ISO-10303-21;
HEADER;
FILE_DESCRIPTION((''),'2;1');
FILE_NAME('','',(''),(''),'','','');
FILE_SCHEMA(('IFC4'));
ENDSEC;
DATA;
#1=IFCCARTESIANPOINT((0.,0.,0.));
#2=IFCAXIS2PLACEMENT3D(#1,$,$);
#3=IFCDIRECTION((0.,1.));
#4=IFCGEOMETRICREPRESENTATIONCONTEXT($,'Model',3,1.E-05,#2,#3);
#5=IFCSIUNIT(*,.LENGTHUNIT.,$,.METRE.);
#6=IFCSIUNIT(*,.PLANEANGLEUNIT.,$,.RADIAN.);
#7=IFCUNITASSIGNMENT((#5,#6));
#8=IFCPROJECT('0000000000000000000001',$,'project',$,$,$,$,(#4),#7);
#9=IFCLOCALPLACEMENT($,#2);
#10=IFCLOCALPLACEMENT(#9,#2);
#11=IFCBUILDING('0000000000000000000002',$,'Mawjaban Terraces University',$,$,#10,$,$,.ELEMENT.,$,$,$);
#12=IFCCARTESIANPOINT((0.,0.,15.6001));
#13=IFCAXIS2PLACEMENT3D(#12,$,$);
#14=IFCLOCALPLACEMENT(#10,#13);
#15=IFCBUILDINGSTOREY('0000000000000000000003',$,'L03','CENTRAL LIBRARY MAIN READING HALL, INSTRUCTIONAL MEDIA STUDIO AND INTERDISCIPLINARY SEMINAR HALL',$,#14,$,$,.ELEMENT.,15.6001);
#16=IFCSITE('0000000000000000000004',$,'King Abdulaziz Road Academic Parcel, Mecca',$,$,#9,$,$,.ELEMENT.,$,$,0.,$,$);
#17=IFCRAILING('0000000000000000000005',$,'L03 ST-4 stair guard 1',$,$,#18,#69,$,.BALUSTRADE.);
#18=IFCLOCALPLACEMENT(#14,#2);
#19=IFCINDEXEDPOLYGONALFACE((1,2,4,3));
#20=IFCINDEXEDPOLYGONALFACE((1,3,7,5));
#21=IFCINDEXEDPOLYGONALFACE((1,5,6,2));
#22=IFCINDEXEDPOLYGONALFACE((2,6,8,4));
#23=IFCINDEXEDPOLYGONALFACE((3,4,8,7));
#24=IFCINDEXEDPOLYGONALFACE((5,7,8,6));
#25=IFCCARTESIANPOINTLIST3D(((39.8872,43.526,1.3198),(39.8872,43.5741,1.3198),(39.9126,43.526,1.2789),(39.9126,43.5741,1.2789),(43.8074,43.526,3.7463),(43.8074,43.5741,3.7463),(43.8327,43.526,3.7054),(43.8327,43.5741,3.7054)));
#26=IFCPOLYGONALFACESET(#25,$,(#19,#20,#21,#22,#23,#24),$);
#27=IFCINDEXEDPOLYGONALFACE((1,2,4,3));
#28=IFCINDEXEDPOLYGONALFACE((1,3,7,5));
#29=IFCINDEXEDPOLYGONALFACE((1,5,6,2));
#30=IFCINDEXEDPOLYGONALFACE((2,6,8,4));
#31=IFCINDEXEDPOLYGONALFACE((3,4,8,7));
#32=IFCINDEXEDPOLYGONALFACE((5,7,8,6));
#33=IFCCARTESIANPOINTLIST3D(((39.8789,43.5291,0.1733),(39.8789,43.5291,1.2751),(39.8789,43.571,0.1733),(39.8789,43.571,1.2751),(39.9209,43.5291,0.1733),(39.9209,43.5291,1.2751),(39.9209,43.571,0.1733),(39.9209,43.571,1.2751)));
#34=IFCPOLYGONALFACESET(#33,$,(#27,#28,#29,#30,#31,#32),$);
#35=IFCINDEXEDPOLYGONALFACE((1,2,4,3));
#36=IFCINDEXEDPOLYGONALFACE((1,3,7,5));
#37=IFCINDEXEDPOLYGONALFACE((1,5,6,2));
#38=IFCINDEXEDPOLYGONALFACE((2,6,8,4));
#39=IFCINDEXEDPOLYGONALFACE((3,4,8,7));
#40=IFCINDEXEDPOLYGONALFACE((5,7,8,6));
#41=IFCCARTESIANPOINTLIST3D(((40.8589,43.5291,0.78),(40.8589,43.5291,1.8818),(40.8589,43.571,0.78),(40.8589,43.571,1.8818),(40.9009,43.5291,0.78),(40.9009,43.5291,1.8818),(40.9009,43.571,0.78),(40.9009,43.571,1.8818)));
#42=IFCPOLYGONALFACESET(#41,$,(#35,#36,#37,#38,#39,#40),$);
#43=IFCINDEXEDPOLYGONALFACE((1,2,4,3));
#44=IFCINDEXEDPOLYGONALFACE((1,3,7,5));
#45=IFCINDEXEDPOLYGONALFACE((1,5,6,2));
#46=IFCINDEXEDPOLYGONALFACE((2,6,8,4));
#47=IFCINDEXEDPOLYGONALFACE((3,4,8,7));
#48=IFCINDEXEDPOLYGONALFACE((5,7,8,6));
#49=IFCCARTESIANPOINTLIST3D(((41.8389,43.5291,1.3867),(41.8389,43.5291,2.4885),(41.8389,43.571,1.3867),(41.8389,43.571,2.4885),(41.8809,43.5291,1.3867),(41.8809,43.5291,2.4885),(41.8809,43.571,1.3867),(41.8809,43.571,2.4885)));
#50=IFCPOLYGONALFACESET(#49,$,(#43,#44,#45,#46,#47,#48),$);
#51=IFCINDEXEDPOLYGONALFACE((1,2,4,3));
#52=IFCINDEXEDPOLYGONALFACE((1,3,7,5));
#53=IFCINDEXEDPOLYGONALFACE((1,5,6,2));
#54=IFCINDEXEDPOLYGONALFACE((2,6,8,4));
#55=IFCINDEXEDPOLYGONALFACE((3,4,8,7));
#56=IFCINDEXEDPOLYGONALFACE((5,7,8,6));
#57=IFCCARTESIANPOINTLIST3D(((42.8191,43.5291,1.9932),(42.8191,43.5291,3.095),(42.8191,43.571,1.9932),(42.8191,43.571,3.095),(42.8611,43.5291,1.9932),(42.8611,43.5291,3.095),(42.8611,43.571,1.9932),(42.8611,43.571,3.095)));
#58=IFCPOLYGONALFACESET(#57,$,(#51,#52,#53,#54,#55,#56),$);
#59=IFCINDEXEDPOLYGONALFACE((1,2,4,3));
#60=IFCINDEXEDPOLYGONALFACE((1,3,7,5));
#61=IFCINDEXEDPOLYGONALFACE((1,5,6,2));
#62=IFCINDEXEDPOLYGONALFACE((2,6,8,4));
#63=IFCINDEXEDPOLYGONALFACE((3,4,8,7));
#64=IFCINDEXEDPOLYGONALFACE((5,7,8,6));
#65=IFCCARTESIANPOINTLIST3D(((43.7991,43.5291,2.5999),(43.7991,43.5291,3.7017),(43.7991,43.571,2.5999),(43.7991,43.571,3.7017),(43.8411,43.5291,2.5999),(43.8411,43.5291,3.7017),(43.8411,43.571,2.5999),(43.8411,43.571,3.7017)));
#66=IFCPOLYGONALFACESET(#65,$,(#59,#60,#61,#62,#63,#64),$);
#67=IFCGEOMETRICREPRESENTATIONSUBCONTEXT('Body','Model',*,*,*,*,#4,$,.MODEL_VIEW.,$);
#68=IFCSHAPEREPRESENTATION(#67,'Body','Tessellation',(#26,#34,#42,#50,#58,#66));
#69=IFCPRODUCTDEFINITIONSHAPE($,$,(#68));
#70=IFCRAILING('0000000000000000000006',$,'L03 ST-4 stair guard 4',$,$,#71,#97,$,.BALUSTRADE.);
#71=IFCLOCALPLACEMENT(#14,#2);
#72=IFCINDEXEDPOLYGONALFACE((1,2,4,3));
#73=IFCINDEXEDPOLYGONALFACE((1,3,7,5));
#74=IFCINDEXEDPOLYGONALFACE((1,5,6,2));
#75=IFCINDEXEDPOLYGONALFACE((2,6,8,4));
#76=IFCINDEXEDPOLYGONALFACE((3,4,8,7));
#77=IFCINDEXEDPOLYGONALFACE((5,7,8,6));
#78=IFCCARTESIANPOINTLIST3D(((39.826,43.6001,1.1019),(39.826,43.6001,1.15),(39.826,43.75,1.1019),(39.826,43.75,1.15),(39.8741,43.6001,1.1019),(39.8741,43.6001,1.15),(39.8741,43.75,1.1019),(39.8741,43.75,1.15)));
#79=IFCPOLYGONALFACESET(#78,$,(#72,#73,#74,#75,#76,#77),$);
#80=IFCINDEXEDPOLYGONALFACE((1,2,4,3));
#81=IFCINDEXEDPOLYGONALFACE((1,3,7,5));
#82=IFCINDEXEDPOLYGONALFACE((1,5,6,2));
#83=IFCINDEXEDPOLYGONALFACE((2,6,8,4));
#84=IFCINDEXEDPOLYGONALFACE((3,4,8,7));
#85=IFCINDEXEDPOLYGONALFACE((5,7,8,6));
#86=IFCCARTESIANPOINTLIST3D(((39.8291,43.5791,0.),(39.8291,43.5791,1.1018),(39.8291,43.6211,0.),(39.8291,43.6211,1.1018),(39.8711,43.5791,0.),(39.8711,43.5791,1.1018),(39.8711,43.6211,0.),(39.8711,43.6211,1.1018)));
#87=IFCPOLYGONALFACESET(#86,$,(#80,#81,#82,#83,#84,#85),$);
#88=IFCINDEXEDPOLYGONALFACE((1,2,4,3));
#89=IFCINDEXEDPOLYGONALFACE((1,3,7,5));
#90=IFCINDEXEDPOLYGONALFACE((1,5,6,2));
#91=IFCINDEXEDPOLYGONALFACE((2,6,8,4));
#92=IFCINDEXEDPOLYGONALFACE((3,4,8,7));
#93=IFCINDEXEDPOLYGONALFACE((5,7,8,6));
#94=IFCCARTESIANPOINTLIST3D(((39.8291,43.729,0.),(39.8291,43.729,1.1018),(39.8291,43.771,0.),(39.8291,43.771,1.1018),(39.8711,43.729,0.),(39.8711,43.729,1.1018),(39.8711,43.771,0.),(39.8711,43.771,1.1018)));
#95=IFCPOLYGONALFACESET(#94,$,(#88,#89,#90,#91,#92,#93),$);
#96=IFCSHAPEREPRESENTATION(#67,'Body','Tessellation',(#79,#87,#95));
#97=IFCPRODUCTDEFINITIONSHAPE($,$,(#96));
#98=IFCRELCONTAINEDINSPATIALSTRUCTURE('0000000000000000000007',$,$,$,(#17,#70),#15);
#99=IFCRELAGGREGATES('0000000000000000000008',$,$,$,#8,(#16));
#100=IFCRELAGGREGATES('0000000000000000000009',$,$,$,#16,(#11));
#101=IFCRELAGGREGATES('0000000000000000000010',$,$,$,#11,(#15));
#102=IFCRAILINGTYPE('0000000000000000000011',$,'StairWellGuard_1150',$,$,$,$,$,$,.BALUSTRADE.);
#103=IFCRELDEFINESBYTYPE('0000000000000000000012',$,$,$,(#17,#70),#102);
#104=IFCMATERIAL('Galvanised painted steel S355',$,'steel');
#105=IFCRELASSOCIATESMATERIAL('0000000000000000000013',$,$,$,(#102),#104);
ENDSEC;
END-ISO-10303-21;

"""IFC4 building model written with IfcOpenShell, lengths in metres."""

from ifc_helpers import new_model, si_unit, direction, frame, origin, origin_2d, place, context, subcontext, project, spatial, rectangle, extrude, material, type_object, element, save


model = new_model("IFC4")

# Units and contexts
model_context = context("Model", 3, precision=1e-05, world=origin(), true_north=direction((0.0, 1.0)))
body_context = subcontext(model_context, "Body", "Model", "MODEL_VIEW")
ifc_project = project(units=[si_unit("LENGTHUNIT", "METRE"), si_unit("PLANEANGLEUNIT", "RADIAN")], contexts=[model_context])

# Site, building, storey
site_placement = place(None, origin())
site = spatial("IfcSite", under=ifc_project, at=site_placement, Name="King Abdulaziz Road Academic Parcel, Mecca", CompositionType="ELEMENT", RefElevation=0.0)
building_placement = place(site_placement, origin())
building = spatial("IfcBuilding", under=site, at=building_placement, Name="Mawjaban Terraces University", CompositionType="ELEMENT")
storey_placement = place(building_placement, frame((0.0, 0.0, 15.6001)))
storey = spatial("IfcBuildingStorey", under=building, at=storey_placement, Name="L03", Description="CENTRAL LIBRARY MAIN READING HALL, INSTRUCTIONAL MEDIA STUDIO AND INTERDISCIPLINARY SEMINAR HALL", CompositionType="ELEMENT", Elevation=15.6001)

# Railings
ifc_material_1 = material(Name="Galvanised painted steel S355", Category="steel")
railing_type_1 = type_object("IfcRailingType", Name="StairWellGuard_1150", PredefinedType="BALUSTRADE", material=ifc_material_1)
railing_1_placement = place(storey_placement, frame((39.8999, 43.55, 0.1733)))
element("IfcRailing", 1, at=railing_1_placement, inside=storey, type_object=railing_type_1, Name="L03 ST-4 stair guard 1", PredefinedType="BALUSTRADE", context=body_context, shape_type="SweptSolid", body=[
    extrude(rectangle(XDim=0.0481, YDim=0.0481, at=origin_2d()), frame((0.0, 0.0, 1.126), z_axis=(0.85029, 0.0, 0.526315), x_axis=(0.0, 1.0, 0.0)), (0.0, 0.0, 1.0), 4.6104),
    extrude(rectangle(XDim=0.042, YDim=0.042, at=origin_2d()), origin(), (0.0, 0.0, 1.0), 1.1018),
    extrude(rectangle(XDim=0.042, YDim=0.042, at=origin_2d()), frame((0.98, 0.0, 0.6067)), (0.0, 0.0, 1.0), 1.1018),
    extrude(rectangle(XDim=0.042, YDim=0.042, at=origin_2d()), frame((1.96, 0.0, 1.2134)), (0.0, 0.0, 1.0), 1.1018),
    extrude(rectangle(XDim=0.042, YDim=0.042, at=origin_2d()), frame((2.9402, 0.0, 1.8198)), (0.0, 0.0, 1.0), 1.1018),
    extrude(rectangle(XDim=0.042, YDim=0.042, at=origin_2d()), frame((3.9202, 0.0, 2.4265)), (0.0, 0.0, 1.0), 1.1018),
])
railing_2_placement = place(storey_placement, frame((39.8501, 43.6001, 0.0)))
element("IfcRailing", 2, at=railing_2_placement, inside=storey, type_object=railing_type_1, Name="L03 ST-4 stair guard 4", PredefinedType="BALUSTRADE", context=body_context, shape_type="SweptSolid", body=[
    extrude(rectangle(XDim=0.0481, YDim=0.0481, at=origin_2d()), frame((0.0, 0.0, 1.126), z_axis=(0.0, 1.0, 0.0), x_axis=(-1.0, 0.0, 0.0)), (0.0, 0.0, 1.0), 0.1499),
    extrude(rectangle(XDim=0.042, YDim=0.042, at=origin_2d()), origin(), (0.0, 0.0, 1.0), 1.1018),
    extrude(rectangle(XDim=0.042, YDim=0.042, at=origin_2d()), frame((0.0, 0.1499, 0.0)), (0.0, 0.0, 1.0), 1.1018),
])

save(model, "model.ifc")
